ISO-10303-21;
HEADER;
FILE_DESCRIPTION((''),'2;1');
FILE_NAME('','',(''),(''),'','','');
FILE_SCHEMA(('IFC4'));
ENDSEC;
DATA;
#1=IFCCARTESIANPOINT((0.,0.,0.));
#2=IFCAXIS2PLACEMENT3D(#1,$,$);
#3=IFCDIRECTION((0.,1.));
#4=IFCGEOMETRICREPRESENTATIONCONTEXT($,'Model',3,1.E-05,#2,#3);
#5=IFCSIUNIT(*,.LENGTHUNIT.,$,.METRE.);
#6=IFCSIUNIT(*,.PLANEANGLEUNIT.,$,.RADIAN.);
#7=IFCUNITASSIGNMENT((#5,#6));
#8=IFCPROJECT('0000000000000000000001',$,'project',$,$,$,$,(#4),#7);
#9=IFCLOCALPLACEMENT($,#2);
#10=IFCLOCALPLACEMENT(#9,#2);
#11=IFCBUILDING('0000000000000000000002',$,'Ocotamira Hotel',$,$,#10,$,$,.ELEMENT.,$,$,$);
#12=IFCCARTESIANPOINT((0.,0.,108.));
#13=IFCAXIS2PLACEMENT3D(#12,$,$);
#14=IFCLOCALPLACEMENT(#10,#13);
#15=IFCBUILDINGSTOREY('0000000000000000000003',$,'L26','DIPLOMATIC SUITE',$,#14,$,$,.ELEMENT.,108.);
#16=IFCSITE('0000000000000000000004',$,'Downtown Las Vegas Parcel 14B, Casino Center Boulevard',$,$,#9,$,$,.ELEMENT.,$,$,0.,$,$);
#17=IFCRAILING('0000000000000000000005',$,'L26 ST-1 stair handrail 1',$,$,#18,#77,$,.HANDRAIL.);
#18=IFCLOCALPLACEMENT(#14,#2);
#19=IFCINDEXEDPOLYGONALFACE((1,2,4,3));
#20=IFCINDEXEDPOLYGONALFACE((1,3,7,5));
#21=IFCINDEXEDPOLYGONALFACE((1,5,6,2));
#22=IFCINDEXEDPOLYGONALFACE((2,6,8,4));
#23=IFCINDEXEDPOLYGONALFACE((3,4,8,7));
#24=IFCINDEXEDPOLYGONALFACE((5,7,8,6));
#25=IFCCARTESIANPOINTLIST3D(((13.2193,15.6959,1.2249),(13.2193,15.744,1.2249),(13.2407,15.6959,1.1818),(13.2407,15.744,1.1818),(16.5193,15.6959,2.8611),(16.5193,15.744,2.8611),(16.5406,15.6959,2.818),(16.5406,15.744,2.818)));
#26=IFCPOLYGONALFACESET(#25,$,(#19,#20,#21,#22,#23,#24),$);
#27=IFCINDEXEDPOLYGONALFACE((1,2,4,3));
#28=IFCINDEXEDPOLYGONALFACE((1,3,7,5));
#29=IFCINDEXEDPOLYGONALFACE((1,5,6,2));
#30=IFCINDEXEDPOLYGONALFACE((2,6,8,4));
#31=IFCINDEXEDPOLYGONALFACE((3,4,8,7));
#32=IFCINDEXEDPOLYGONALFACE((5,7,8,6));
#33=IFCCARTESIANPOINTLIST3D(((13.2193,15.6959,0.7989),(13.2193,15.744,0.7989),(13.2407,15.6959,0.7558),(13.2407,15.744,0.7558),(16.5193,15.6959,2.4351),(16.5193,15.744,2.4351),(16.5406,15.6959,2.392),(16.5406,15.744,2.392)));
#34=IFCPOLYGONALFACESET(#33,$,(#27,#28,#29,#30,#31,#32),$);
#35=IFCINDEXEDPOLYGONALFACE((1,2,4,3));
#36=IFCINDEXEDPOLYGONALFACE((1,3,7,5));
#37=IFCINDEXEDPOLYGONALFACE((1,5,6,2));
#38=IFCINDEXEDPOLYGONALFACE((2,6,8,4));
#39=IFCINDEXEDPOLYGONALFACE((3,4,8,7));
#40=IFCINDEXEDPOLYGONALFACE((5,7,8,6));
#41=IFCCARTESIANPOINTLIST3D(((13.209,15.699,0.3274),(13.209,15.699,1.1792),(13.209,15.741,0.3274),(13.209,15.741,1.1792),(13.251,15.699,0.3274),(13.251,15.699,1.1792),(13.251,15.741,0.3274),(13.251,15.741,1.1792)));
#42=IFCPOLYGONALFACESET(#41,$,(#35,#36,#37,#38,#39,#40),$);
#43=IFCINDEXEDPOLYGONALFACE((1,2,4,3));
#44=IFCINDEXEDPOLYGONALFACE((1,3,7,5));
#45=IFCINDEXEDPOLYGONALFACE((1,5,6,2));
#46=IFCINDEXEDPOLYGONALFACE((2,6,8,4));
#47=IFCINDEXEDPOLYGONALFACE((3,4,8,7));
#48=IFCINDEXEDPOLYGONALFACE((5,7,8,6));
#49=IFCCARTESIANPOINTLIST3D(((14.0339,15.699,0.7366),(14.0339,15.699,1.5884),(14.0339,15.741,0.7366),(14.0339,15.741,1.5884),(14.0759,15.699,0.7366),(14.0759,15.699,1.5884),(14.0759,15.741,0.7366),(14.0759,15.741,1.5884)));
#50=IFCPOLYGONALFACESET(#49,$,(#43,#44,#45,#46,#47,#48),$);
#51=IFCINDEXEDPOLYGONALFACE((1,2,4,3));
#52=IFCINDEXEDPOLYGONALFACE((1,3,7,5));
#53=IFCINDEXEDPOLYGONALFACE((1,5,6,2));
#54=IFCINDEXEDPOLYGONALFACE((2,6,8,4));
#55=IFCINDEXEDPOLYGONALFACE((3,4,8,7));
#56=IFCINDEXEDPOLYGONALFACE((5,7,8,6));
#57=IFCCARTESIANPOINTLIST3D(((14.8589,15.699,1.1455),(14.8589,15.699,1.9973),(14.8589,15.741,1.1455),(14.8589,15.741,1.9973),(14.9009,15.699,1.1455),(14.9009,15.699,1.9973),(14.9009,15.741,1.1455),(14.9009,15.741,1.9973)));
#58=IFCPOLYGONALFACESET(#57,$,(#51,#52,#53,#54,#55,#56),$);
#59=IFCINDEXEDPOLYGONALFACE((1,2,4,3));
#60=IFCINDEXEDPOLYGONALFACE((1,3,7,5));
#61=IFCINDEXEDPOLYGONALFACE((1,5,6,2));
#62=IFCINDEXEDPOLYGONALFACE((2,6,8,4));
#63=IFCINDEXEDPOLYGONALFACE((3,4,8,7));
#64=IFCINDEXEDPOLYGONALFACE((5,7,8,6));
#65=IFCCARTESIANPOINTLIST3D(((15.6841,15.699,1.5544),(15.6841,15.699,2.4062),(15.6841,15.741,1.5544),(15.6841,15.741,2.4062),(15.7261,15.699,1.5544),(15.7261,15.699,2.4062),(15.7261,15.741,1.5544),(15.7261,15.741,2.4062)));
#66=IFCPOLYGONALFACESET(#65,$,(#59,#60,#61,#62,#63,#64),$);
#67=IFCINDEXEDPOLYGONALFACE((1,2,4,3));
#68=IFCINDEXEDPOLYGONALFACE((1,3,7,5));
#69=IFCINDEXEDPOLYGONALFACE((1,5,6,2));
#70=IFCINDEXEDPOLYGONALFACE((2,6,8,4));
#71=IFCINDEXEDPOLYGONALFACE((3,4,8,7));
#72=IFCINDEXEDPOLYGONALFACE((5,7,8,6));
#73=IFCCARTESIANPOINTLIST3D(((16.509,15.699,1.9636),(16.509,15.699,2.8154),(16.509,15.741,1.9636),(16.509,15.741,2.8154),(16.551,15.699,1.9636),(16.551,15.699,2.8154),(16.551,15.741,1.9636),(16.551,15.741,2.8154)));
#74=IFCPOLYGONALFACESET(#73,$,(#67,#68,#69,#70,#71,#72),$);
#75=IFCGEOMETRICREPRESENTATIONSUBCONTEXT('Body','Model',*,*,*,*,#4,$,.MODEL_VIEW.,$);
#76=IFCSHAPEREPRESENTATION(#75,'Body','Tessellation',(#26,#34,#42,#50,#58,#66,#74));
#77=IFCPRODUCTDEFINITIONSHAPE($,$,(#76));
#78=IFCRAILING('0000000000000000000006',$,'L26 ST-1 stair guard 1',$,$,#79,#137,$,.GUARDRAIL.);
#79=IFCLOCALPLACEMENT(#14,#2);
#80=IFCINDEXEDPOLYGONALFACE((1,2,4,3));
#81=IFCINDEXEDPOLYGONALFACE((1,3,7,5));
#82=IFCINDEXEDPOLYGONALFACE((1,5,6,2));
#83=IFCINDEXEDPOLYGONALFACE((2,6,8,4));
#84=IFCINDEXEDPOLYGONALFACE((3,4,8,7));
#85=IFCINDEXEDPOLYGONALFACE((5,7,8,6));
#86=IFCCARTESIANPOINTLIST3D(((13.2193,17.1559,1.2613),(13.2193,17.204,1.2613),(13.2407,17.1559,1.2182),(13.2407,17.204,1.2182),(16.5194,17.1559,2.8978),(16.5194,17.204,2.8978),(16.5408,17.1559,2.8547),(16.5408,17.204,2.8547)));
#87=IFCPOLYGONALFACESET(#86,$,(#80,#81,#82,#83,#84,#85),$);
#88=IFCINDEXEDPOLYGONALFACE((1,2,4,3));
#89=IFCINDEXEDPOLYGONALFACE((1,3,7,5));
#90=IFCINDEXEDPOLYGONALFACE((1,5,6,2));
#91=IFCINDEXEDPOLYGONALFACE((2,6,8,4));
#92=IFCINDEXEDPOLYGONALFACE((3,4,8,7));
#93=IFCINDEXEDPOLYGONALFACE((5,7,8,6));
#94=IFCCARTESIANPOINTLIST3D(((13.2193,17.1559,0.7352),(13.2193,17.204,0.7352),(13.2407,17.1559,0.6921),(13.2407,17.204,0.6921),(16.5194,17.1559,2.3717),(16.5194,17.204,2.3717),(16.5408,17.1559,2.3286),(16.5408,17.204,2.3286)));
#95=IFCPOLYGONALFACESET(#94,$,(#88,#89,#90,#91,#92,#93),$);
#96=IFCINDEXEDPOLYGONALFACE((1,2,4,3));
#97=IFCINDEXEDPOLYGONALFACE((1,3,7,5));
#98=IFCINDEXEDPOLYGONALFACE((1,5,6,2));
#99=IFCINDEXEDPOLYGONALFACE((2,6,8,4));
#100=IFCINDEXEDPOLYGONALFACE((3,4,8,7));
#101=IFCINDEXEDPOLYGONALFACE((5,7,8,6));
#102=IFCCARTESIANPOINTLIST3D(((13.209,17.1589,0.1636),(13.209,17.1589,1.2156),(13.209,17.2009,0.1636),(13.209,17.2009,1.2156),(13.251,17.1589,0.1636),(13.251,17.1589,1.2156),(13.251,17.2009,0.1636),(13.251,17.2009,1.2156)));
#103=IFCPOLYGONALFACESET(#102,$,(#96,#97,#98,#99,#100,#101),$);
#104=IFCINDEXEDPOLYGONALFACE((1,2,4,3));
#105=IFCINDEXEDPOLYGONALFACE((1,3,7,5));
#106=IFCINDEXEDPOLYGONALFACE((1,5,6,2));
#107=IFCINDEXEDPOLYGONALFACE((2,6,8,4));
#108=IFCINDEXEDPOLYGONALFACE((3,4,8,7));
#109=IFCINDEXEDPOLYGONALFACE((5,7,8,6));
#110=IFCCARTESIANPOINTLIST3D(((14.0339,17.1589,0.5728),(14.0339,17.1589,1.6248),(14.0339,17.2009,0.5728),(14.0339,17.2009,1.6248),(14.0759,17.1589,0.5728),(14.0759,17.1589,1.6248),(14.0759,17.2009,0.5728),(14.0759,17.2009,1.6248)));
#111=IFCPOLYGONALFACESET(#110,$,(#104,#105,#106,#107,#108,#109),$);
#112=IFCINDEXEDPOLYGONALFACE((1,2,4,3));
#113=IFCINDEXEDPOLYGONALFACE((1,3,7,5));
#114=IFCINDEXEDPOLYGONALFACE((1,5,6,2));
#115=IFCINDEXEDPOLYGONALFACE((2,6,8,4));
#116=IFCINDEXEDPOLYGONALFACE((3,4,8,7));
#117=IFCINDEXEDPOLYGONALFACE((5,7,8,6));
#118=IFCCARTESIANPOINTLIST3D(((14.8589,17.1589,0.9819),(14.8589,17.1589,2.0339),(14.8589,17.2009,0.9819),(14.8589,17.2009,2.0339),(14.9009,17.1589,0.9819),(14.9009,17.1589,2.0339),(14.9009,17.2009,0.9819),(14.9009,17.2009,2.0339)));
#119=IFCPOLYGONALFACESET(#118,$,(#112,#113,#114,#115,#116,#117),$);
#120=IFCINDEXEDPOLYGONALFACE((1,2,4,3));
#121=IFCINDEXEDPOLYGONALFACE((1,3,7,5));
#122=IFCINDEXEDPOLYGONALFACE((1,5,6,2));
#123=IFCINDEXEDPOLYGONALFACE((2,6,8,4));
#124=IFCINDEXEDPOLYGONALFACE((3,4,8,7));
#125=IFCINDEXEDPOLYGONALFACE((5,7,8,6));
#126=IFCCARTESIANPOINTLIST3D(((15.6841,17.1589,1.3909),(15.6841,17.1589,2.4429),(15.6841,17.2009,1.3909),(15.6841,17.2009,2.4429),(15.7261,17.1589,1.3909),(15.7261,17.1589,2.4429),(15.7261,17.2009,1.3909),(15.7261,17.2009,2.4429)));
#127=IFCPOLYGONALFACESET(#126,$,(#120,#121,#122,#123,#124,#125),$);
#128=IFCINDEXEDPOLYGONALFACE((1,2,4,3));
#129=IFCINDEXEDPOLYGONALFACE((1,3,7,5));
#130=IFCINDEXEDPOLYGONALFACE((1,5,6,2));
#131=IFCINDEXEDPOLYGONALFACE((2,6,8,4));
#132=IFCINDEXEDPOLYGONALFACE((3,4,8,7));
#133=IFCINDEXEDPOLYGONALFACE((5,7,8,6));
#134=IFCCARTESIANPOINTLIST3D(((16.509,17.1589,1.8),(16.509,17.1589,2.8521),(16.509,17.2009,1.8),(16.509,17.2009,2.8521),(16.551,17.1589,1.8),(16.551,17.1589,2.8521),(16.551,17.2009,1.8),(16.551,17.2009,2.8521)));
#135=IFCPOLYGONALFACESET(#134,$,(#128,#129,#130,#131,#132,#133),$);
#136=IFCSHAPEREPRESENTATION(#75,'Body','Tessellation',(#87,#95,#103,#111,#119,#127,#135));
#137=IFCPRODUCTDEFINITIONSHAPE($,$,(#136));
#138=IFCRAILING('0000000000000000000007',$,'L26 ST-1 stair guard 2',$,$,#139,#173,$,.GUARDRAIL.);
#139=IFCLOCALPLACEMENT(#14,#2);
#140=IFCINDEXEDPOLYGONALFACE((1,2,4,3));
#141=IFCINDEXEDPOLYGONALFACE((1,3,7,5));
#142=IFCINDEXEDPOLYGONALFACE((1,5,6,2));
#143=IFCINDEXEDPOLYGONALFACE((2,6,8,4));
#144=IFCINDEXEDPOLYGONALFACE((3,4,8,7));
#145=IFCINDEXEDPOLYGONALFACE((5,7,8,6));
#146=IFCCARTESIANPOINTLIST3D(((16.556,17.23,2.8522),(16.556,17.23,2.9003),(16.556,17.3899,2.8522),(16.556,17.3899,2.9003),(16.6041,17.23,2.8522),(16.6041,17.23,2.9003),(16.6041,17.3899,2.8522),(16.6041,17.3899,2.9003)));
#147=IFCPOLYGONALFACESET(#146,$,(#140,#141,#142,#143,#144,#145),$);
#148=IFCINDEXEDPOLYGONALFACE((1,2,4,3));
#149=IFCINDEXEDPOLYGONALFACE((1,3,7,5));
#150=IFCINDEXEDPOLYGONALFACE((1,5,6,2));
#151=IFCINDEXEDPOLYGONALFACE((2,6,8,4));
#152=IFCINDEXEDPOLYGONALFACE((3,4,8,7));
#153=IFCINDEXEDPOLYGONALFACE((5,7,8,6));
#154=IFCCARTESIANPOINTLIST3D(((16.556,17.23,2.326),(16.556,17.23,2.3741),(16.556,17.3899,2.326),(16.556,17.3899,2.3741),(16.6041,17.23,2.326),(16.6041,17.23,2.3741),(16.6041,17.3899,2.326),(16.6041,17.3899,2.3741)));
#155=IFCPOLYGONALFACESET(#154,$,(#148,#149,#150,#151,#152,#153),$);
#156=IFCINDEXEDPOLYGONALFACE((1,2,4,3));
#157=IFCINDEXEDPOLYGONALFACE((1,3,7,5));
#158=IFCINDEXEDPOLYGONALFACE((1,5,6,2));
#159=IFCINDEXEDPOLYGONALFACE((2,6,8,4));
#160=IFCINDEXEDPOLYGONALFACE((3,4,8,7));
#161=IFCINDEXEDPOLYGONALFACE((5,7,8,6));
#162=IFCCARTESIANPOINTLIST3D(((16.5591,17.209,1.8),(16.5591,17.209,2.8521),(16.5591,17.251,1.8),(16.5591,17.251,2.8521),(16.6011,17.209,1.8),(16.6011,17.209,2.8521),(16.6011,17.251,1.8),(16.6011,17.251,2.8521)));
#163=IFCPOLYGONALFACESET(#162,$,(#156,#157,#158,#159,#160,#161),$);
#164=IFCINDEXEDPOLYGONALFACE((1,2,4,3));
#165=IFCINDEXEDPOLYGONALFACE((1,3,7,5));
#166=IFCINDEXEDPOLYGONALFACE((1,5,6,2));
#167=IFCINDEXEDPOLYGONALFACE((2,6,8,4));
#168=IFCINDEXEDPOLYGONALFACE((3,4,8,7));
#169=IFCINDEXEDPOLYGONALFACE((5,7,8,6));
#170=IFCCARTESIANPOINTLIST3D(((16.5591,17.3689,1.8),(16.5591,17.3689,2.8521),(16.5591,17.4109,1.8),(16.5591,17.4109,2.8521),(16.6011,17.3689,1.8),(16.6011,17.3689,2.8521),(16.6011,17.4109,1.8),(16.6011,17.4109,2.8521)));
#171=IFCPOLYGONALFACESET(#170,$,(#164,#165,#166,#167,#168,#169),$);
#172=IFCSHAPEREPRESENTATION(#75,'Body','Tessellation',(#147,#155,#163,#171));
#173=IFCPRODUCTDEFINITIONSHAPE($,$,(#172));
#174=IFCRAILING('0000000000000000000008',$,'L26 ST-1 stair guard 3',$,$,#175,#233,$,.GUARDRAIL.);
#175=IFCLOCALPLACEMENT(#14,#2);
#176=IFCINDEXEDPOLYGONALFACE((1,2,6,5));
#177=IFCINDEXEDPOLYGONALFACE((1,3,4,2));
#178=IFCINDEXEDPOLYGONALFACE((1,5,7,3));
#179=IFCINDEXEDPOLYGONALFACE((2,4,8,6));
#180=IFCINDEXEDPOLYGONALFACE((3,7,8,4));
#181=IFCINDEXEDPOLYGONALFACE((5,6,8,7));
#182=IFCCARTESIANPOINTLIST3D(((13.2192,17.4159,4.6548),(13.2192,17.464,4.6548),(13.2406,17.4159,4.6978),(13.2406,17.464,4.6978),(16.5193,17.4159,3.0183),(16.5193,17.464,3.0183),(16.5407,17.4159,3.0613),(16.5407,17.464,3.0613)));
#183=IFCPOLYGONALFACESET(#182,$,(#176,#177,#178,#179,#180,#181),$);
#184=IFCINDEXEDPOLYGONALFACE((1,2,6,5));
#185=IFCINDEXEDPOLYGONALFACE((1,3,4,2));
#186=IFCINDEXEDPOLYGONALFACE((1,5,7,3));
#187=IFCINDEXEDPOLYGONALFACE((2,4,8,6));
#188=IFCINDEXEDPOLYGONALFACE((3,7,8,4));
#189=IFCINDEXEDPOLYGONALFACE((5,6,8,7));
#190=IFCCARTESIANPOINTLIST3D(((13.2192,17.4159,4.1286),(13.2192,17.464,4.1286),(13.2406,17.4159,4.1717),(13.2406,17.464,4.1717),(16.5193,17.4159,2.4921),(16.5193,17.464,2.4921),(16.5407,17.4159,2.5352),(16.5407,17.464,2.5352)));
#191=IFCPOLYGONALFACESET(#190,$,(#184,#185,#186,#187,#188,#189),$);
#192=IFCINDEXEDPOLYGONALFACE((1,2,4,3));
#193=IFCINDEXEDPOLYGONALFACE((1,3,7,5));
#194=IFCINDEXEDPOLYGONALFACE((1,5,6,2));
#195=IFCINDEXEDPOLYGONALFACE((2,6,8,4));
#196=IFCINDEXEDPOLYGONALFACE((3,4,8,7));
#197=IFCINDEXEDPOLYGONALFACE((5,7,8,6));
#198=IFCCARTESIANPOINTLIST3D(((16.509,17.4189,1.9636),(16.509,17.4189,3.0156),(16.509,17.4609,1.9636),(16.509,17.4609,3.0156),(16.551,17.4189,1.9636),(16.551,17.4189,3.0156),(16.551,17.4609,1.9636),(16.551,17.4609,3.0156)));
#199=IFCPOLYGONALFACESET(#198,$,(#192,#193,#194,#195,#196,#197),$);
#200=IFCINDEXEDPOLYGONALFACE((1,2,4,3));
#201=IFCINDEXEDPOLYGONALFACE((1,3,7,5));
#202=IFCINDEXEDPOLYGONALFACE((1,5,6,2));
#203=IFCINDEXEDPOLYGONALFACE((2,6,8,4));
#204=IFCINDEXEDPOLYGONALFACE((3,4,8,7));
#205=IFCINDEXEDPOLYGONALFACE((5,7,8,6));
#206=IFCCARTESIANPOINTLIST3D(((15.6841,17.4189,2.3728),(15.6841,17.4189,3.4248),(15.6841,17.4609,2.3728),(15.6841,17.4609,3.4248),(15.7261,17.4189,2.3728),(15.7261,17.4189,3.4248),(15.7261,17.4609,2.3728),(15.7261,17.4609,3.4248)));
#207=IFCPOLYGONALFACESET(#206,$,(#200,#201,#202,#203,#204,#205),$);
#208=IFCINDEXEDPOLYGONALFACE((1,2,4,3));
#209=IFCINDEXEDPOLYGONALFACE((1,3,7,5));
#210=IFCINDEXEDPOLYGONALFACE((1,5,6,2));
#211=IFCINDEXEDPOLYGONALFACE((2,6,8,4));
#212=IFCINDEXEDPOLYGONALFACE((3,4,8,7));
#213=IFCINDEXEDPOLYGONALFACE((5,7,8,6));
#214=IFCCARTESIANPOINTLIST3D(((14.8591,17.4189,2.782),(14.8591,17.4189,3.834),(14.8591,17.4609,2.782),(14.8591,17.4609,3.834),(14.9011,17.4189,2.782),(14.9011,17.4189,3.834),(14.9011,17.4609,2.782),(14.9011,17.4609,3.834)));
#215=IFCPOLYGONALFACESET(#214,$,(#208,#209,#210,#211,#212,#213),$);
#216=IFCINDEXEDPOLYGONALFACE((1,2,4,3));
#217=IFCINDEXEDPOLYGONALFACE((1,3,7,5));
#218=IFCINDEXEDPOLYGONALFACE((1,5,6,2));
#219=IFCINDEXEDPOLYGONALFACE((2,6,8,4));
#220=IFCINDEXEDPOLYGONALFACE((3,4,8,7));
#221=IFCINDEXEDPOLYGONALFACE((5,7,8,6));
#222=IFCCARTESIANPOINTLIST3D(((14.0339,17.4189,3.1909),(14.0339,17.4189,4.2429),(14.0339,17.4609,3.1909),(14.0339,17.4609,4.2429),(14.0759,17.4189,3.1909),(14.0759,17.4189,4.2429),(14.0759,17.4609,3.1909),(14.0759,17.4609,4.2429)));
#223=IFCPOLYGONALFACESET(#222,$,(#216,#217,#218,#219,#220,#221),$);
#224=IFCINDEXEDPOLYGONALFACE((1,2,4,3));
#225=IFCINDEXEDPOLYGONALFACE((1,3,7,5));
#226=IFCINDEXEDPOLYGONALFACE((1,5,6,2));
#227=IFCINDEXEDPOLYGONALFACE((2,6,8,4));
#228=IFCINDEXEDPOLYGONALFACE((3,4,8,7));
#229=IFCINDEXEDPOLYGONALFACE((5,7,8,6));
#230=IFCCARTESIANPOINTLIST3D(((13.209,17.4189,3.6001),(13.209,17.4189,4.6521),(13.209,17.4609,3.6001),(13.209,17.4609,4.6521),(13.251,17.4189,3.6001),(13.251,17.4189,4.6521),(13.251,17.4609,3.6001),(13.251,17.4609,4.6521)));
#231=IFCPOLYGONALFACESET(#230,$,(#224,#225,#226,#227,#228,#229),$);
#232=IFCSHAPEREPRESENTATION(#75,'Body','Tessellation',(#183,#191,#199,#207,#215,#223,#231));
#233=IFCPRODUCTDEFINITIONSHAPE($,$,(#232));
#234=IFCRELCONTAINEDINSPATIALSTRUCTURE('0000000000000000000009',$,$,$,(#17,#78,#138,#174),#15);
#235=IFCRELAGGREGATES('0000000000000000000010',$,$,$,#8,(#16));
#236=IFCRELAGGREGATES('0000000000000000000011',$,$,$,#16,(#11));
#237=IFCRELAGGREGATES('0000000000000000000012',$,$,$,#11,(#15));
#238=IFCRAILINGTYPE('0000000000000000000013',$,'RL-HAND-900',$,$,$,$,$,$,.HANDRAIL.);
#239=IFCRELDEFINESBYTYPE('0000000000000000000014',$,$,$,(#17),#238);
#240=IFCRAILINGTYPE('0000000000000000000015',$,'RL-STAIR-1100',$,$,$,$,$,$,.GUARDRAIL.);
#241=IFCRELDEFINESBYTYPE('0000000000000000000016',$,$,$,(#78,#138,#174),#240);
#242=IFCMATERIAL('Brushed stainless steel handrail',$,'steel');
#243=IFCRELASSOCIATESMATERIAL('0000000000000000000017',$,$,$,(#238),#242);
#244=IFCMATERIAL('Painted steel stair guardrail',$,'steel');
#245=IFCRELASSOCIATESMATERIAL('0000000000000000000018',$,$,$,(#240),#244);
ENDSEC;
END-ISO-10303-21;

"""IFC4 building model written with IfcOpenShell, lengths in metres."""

from ifc_helpers import new_model, si_unit, direction, frame, origin, origin_2d, place, context, subcontext, project, spatial, rectangle, extrude, material, type_object, element, save


model = new_model("IFC4")

# Units and contexts
model_context = context("Model", 3, precision=1e-05, world=origin(), true_north=direction((0.0, 1.0)))
body_context = subcontext(model_context, "Body", "Model", "MODEL_VIEW")
ifc_project = project(units=[si_unit("LENGTHUNIT", "METRE"), si_unit("PLANEANGLEUNIT", "RADIAN")], contexts=[model_context])

# Site, building, storey
site_placement = place(None, origin())
site = spatial("IfcSite", under=ifc_project, at=site_placement, Name="Downtown Las Vegas Parcel 14B, Casino Center Boulevard", CompositionType="ELEMENT", RefElevation=0.0)
building_placement = place(site_placement, origin())
building = spatial("IfcBuilding", under=site, at=building_placement, Name="Ocotamira Hotel", CompositionType="ELEMENT")
storey_placement = place(building_placement, frame((0.0, 0.0, 108.0)))
storey = spatial("IfcBuildingStorey", under=building, at=storey_placement, Name="L26", Description="DIPLOMATIC SUITE", CompositionType="ELEMENT", Elevation=108.0)

# Railings
ifc_material_1 = material(Name="Painted steel stair guardrail", Category="steel")
ifc_material_2 = material(Name="Brushed stainless steel handrail", Category="steel")
railing_type_1 = type_object("IfcRailingType", Name="RL-HAND-900", PredefinedType="HANDRAIL", material=ifc_material_2)
railing_1_placement = place(storey_placement, frame((13.23, 15.72, 0.3274)))
element("IfcRailing", 1, at=railing_1_placement, inside=storey, type_object=railing_type_1, Name="L26 ST-1 stair handrail 1", PredefinedType="HANDRAIL", context=body_context, shape_type="SweptSolid", body=[
    extrude(rectangle(XDim=0.0481, YDim=0.0481, at=origin_2d()), frame((0.0, 0.0, 0.876), z_axis=(0.89592, 0.0, 0.444215), x_axis=(0.0, 1.0, 0.0)), (0.0, 0.0, 1.0), 3.6833),
    extrude(rectangle(XDim=0.0481, YDim=0.0481, at=origin_2d()), frame((0.0, 0.0, 0.45), z_axis=(0.89592, 0.0, 0.444215), x_axis=(0.0, 1.0, 0.0)), (0.0, 0.0, 1.0), 3.6833),
    extrude(rectangle(XDim=0.042, YDim=0.042, at=origin_2d()), origin(), (0.0, 0.0, 1.0), 0.8518),
    extrude(rectangle(XDim=0.042, YDim=0.042, at=origin_2d()), frame((0.825, 0.0, 0.4092)), (0.0, 0.0, 1.0), 0.8518),
    extrude(rectangle(XDim=0.042, YDim=0.042, at=origin_2d()), frame((1.6499, 0.0, 0.8181)), (0.0, 0.0, 1.0), 0.8518),
    extrude(rectangle(XDim=0.042, YDim=0.042, at=origin_2d()), frame((2.4751, 0.0, 1.2271)), (0.0, 0.0, 1.0), 0.8518),
    extrude(rectangle(XDim=0.042, YDim=0.042, at=origin_2d()), frame((3.3, 0.0, 1.6362)), (0.0, 0.0, 1.0), 0.8518),
])
railing_type_2 = type_object("IfcRailingType", Name="RL-STAIR-1100", PredefinedType="GUARDRAIL", material=ifc_material_1)
railing_2_placement = place(storey_placement, frame((13.23, 17.1799, 0.1636)))
element("IfcRailing", 2, at=railing_2_placement, inside=storey, type_object=railing_type_2, Name="L26 ST-1 stair guard 1", PredefinedType="GUARDRAIL", context=body_context, shape_type="SweptSolid", body=[
    extrude(rectangle(XDim=0.0481, YDim=0.0481, at=origin_2d()), frame((0.0, 0.0, 1.0762), z_axis=(0.895894, 0.0, 0.444268), x_axis=(0.0, 1.0, 0.0)), (0.0, 0.0, 1.0), 3.6836),
    extrude(rectangle(XDim=0.0481, YDim=0.0481, at=origin_2d()), frame((0.0, 0.0, 0.55), z_axis=(0.895894, 0.0, 0.444268), x_axis=(0.0, 1.0, 0.0)), (0.0, 0.0, 1.0), 3.6836),
    extrude(rectangle(XDim=0.042, YDim=0.042, at=origin_2d()), origin(), (0.0, 0.0, 1.0), 1.052),
    extrude(rectangle(XDim=0.042, YDim=0.042, at=origin_2d()), frame((0.825, 0.0, 0.4092)), (0.0, 0.0, 1.0), 1.052),
    extrude(rectangle(XDim=0.042, YDim=0.042, at=origin_2d()), frame((1.6499, 0.0, 0.8184)), (0.0, 0.0, 1.0), 1.052),
    extrude(rectangle(XDim=0.042, YDim=0.042, at=origin_2d()), frame((2.4751, 0.0, 1.2273)), (0.0, 0.0, 1.0), 1.052),
    extrude(rectangle(XDim=0.042, YDim=0.042, at=origin_2d()), frame((3.3, 0.0, 1.6365)), (0.0, 0.0, 1.0), 1.052),
])
railing_3_placement = place(storey_placement, frame((16.5801, 17.23, 1.8)))
element("IfcRailing", 3, at=railing_3_placement, inside=storey, type_object=railing_type_2, Name="L26 ST-1 stair guard 2", PredefinedType="GUARDRAIL", context=body_context, shape_type="SweptSolid", body=[
    extrude(rectangle(XDim=0.0481, YDim=0.0481, at=origin_2d()), frame((0.0, 0.0, 1.0762), z_axis=(0.0, 1.0, 0.0), x_axis=(-1.0, 0.0, 0.0)), (0.0, 0.0, 1.0), 0.1599),
    extrude(rectangle(XDim=0.0481, YDim=0.0481, at=origin_2d()), frame((0.0, 0.0, 0.55), z_axis=(0.0, 1.0, 0.0), x_axis=(-1.0, 0.0, 0.0)), (0.0, 0.0, 1.0), 0.1599),
    extrude(rectangle(XDim=0.042, YDim=0.042, at=origin_2d()), origin(), (0.0, 0.0, 1.0), 1.052),
    extrude(rectangle(XDim=0.042, YDim=0.042, at=origin_2d()), frame((0.0, 0.1599, 0.0)), (0.0, 0.0, 1.0), 1.052),
])
railing_4_placement = place(storey_placement, frame((16.53, 17.4399, 1.9636)))
element("IfcRailing", 4, at=railing_4_placement, inside=storey, type_object=railing_type_2, Name="L26 ST-1 stair guard 3", PredefinedType="GUARDRAIL", context=body_context, shape_type="SweptSolid", body=[
    extrude(rectangle(XDim=0.0481, YDim=0.0481, at=origin_2d()), frame((0.0, 0.0, 1.0762), z_axis=(-0.895894, 0.0, 0.444268), x_axis=(0.0, -1.0, 0.0)), (0.0, 0.0, 1.0), 3.6836),
    extrude(rectangle(XDim=0.0481, YDim=0.0481, at=origin_2d()), frame((0.0, 0.0, 0.55), z_axis=(-0.895894, 0.0, 0.444268), x_axis=(0.0, -1.0, 0.0)), (0.0, 0.0, 1.0), 3.6836),
    extrude(rectangle(XDim=0.042, YDim=0.042, at=origin_2d()), origin(), (0.0, 0.0, 1.0), 1.052),
    extrude(rectangle(XDim=0.042, YDim=0.042, at=origin_2d()), frame((-0.825, 0.0, 0.4092)), (0.0, 0.0, 1.0), 1.052),
    extrude(rectangle(XDim=0.042, YDim=0.042, at=origin_2d()), frame((-1.6499, 0.0, 0.8184)), (0.0, 0.0, 1.0), 1.052),
    extrude(rectangle(XDim=0.042, YDim=0.042, at=origin_2d()), frame((-2.4751, 0.0, 1.2273)), (0.0, 0.0, 1.0), 1.052),
    extrude(rectangle(XDim=0.042, YDim=0.042, at=origin_2d()), frame((-3.3, 0.0, 1.6365)), (0.0, 0.0, 1.0), 1.052),
])

save(model, "model.ifc")
